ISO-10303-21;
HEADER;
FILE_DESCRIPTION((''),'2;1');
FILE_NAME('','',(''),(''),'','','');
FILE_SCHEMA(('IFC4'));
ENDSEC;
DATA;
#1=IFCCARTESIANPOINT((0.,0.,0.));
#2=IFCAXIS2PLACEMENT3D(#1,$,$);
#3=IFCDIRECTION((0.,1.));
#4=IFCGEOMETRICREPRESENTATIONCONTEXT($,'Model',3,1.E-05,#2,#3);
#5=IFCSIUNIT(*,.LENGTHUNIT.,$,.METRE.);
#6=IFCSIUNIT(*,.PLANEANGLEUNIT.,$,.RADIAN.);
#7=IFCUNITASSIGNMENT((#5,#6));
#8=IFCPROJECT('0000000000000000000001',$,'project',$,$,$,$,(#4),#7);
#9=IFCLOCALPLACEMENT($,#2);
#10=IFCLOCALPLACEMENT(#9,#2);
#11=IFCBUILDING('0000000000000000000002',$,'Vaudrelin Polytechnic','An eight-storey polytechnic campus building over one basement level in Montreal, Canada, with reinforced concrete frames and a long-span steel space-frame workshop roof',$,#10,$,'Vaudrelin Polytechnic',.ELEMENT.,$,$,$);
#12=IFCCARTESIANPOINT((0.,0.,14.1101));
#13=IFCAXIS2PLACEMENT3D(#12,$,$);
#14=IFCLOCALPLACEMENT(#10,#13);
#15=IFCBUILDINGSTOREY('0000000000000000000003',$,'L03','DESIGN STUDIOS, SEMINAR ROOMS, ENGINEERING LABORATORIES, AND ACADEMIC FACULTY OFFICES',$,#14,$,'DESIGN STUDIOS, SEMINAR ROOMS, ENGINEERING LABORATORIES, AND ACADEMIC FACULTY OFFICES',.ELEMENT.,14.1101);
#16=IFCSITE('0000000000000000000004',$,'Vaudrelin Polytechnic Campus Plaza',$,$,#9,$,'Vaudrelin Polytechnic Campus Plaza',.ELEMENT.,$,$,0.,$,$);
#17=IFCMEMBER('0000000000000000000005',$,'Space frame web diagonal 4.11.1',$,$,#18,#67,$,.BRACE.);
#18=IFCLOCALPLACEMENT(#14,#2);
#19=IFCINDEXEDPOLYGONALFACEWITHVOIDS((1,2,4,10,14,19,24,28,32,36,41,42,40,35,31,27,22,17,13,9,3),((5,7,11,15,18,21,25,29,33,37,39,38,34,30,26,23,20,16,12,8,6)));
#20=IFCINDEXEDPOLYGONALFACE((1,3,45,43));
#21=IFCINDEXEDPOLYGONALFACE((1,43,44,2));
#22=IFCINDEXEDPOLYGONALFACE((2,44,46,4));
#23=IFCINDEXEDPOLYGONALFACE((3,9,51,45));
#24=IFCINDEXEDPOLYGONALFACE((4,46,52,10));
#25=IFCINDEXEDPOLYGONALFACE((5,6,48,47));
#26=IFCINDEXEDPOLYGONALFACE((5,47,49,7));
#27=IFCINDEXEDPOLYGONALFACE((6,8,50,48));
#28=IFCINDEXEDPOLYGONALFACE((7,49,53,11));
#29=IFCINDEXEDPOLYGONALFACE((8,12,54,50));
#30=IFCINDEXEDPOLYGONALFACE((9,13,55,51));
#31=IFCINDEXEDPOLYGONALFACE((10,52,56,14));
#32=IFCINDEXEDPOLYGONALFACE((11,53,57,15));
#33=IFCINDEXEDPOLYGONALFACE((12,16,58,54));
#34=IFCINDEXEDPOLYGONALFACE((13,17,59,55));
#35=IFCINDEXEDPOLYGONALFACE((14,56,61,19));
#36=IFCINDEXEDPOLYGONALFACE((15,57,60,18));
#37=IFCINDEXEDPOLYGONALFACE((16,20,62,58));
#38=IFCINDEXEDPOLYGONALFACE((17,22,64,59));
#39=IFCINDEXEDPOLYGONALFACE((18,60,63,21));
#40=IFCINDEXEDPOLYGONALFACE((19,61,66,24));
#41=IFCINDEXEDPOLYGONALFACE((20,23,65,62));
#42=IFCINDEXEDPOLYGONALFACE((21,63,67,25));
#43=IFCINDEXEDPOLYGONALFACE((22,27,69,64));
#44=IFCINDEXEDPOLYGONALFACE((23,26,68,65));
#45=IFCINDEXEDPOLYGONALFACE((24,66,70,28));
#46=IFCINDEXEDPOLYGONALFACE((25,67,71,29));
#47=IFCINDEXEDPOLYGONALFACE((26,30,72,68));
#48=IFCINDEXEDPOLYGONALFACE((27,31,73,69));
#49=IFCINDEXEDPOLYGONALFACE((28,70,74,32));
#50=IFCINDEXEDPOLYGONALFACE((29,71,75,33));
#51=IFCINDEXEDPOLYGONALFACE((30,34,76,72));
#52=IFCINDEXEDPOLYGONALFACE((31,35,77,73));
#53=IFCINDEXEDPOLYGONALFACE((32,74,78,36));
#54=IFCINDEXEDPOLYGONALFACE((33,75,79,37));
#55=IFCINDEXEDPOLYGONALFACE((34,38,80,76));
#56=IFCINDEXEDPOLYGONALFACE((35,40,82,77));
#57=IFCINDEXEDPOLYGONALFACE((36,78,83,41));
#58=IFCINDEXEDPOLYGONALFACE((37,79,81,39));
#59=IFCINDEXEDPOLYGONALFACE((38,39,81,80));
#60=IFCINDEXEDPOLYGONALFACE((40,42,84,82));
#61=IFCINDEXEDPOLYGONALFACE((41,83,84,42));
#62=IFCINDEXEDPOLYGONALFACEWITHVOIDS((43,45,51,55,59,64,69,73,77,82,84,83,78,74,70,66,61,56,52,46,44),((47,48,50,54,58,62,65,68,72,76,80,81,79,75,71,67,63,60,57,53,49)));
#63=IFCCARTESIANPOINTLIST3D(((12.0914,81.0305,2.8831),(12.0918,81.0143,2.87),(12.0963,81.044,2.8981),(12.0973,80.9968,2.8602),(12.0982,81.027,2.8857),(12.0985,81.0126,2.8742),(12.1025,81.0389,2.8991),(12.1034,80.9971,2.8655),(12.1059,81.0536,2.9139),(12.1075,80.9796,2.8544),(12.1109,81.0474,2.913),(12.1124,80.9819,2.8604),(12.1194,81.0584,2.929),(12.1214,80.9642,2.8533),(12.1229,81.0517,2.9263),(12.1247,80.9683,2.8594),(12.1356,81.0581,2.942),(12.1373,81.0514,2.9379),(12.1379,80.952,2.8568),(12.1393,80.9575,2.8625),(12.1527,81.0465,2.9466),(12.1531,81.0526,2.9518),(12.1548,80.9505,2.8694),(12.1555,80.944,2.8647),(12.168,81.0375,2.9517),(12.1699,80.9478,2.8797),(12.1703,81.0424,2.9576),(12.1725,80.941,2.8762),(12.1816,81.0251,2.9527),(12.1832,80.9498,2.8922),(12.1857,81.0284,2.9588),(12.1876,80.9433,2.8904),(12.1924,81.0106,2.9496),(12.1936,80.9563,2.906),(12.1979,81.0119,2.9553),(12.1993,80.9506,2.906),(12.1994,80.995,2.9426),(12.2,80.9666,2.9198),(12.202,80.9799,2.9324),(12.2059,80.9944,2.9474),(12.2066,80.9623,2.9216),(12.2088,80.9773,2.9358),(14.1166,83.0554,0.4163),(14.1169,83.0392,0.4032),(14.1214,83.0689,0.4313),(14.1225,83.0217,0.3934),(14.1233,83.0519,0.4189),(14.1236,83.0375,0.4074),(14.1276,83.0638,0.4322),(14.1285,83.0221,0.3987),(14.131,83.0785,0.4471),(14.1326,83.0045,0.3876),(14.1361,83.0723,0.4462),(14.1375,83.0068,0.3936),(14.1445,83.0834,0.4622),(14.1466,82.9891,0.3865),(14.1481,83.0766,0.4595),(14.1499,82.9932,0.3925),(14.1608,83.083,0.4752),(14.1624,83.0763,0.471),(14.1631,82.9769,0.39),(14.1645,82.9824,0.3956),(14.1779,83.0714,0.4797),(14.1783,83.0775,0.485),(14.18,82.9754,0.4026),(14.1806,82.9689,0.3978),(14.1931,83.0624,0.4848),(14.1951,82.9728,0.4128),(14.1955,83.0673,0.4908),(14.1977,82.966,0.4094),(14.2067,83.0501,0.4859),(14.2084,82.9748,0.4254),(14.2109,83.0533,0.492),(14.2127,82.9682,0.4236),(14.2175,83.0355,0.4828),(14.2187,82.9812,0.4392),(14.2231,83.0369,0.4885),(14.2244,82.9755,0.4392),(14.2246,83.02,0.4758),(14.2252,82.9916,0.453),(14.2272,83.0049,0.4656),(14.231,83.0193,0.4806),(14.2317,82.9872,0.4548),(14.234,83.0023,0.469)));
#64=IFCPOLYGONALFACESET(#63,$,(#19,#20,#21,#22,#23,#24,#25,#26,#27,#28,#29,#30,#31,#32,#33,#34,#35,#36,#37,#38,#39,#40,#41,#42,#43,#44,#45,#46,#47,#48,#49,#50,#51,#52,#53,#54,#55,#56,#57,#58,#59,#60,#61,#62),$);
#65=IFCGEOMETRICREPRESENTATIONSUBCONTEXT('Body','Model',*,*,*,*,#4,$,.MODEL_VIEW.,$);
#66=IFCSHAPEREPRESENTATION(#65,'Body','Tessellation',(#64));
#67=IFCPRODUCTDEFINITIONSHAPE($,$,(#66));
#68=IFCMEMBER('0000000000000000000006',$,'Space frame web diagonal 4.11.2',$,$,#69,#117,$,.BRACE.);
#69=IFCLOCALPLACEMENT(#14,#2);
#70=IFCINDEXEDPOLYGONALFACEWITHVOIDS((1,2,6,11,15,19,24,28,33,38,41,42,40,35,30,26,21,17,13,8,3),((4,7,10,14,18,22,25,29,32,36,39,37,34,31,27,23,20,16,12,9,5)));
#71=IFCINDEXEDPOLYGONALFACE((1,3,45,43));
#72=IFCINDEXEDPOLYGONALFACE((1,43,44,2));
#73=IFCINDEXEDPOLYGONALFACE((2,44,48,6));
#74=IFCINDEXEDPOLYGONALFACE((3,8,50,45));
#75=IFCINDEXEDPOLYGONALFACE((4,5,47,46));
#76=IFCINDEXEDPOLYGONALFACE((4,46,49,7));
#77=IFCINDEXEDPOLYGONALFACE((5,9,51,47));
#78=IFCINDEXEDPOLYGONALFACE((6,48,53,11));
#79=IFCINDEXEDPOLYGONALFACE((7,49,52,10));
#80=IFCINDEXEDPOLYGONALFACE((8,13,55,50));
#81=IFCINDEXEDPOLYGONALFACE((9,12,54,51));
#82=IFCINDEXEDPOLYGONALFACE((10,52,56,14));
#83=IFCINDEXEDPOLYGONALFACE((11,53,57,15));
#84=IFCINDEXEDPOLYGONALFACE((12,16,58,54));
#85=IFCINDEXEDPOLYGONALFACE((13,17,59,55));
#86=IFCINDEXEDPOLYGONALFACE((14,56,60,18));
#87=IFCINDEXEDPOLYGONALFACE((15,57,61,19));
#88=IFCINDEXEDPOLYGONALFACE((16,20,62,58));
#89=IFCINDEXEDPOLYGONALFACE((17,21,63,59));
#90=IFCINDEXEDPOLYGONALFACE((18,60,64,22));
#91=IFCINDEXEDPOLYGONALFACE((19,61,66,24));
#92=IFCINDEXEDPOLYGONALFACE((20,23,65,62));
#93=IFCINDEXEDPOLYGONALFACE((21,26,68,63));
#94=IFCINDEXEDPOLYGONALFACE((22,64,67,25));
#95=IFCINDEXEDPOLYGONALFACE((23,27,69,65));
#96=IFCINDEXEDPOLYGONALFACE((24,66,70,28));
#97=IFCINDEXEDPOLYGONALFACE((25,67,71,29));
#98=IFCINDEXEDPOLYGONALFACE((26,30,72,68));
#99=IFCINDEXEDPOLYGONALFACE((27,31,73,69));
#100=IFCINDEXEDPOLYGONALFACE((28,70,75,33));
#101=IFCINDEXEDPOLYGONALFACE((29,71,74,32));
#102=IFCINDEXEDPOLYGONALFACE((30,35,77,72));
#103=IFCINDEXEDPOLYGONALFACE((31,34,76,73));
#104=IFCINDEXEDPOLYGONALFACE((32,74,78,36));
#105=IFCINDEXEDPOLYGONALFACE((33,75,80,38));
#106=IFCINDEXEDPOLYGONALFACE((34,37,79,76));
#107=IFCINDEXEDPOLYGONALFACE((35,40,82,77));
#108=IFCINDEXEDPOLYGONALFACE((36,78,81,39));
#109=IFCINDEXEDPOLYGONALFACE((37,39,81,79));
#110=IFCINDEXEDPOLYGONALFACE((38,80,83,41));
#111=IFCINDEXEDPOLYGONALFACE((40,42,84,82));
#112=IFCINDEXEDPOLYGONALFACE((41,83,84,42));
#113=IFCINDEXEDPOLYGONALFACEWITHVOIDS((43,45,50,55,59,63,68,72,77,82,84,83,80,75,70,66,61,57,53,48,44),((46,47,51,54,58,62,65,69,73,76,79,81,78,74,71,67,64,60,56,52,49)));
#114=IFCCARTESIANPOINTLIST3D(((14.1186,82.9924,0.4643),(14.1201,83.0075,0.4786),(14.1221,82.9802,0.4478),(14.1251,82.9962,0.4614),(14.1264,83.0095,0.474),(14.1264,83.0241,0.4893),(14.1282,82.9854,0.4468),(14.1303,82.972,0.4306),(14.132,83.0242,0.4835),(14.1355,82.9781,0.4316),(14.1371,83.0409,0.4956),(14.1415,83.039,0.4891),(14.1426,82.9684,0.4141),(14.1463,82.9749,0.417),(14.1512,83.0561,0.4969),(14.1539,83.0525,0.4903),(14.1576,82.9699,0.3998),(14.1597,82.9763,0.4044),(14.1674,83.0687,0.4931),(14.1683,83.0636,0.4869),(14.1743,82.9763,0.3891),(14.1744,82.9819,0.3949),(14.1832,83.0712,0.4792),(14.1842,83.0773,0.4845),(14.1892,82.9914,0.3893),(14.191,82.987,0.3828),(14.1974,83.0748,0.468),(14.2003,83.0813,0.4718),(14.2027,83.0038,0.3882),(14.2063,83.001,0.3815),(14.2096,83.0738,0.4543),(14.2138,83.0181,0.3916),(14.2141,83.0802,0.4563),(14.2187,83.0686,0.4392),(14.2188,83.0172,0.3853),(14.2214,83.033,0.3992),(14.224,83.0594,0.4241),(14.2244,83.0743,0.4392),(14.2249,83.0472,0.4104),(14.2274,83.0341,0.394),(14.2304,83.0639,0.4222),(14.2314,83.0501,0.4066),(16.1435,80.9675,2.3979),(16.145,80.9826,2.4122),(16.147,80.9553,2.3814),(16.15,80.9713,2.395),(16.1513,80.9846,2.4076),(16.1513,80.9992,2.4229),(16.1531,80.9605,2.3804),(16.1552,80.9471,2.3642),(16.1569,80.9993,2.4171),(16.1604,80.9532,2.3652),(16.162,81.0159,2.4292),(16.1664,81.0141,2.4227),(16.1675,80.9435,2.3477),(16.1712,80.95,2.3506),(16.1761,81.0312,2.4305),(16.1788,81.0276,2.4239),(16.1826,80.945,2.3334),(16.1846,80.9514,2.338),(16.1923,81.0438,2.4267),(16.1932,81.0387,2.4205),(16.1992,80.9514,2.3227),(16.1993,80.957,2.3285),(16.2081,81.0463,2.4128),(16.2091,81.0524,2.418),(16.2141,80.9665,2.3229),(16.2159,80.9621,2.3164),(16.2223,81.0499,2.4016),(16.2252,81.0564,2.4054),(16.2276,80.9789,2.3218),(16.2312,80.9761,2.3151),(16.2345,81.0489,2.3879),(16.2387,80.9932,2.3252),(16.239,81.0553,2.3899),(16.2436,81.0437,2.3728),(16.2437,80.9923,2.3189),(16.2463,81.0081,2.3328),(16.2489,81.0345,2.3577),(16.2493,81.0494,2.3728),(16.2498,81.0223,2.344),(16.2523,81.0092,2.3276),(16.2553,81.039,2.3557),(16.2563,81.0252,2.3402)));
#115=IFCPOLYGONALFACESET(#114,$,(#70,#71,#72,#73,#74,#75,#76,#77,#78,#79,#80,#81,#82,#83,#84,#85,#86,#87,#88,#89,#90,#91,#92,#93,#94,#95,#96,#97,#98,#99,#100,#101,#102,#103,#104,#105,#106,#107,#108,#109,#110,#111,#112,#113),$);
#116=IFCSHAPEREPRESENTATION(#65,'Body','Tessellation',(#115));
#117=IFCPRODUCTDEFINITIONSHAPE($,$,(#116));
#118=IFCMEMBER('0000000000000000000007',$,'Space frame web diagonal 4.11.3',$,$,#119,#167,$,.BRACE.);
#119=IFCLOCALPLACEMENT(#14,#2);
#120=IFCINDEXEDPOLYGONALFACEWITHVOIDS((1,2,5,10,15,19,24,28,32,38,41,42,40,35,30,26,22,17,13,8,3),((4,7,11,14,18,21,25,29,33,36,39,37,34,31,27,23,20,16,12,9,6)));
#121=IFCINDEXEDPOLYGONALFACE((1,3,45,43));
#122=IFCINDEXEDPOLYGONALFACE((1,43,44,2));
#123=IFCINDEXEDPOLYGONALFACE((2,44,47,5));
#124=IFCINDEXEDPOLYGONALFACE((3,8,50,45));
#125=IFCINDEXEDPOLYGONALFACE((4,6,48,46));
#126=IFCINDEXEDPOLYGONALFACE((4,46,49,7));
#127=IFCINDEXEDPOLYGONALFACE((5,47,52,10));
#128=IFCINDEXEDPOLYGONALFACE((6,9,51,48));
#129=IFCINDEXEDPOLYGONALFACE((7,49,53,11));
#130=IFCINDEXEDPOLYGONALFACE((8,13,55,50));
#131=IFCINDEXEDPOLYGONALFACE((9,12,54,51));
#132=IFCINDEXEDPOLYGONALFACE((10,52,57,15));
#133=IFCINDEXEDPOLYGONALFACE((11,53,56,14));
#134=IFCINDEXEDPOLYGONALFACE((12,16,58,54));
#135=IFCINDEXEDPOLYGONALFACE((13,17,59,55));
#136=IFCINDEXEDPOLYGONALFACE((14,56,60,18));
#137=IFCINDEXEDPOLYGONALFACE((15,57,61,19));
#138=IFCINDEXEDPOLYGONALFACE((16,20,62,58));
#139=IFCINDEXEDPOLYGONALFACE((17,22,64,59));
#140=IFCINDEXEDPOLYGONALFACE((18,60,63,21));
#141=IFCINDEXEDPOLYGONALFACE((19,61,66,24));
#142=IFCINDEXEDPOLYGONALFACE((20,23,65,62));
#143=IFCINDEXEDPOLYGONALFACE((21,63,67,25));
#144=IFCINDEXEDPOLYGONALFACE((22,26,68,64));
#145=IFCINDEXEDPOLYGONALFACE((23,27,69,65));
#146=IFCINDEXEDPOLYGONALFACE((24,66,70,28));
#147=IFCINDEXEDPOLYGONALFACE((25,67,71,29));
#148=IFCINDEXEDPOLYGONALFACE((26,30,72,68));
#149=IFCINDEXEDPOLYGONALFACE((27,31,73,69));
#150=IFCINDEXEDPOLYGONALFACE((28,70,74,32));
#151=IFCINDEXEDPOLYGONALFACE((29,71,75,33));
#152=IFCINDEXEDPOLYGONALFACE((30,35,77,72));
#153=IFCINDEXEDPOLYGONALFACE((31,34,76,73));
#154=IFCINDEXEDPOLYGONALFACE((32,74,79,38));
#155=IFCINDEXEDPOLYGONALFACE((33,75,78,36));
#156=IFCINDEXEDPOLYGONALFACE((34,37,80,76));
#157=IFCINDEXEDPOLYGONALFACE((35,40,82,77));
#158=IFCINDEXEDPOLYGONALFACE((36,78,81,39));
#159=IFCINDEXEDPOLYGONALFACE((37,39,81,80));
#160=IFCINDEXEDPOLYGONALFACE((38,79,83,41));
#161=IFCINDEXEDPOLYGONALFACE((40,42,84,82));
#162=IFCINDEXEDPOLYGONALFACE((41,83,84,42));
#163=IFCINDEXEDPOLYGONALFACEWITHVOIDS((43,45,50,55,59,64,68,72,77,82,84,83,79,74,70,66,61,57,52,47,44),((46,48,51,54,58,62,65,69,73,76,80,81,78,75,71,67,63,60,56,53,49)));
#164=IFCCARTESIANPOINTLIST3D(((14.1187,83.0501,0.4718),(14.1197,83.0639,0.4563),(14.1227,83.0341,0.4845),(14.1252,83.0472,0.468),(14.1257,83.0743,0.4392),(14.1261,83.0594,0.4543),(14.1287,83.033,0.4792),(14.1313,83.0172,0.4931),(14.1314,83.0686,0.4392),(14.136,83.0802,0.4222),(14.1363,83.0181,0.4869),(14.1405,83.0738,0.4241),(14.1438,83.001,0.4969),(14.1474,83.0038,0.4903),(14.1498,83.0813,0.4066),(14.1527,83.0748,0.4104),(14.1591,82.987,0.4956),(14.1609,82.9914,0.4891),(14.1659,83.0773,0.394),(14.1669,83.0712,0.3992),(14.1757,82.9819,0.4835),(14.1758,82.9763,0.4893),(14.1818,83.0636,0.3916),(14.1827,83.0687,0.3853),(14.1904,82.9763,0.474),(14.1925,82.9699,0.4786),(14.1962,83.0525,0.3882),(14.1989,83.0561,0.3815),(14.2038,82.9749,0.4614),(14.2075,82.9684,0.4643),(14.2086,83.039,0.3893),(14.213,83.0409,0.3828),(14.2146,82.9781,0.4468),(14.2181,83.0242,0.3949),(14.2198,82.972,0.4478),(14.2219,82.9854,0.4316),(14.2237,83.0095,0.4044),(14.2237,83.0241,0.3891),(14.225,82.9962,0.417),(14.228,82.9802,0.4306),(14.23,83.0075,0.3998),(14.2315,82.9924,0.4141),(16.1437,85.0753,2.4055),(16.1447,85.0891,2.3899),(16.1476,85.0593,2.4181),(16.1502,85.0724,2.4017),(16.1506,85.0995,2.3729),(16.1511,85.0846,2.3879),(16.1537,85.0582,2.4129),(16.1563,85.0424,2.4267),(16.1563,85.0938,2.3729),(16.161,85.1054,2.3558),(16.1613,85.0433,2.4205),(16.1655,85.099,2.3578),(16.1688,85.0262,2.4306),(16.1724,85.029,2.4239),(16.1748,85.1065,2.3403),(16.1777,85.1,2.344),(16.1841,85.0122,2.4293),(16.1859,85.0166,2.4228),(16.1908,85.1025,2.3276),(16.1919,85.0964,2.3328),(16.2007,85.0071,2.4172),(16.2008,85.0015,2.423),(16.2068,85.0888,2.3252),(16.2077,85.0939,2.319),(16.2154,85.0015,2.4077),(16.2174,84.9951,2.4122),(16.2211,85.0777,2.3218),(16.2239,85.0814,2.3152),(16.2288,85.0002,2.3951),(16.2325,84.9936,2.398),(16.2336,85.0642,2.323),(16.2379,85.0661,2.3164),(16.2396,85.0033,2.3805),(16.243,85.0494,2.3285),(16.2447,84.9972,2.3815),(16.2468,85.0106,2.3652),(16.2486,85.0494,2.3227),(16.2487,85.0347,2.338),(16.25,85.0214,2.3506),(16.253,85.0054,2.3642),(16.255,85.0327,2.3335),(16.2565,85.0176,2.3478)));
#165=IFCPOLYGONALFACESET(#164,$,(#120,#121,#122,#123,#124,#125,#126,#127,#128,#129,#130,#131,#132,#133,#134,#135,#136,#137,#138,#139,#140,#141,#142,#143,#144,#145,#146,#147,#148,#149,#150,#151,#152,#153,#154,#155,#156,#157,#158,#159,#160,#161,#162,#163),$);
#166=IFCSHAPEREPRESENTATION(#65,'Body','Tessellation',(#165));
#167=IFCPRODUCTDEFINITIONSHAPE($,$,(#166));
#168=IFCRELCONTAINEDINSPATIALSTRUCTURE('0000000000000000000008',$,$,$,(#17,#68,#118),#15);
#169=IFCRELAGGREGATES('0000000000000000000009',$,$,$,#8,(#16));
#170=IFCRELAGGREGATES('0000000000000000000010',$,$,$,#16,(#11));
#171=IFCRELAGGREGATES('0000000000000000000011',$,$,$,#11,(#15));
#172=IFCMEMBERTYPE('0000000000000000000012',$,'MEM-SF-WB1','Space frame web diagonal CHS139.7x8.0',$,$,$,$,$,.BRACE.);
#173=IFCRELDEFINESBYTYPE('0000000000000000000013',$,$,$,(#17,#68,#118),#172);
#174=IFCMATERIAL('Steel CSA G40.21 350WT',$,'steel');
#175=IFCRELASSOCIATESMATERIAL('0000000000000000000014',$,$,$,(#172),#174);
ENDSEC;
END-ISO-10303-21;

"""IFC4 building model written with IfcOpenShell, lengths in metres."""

from ifc_helpers import new_model, si_unit, direction, frame, origin, origin_2d, place, context, subcontext, project, spatial, hollow_circle, extrude, material, material_profile, profile_set, type_object, element, save


model = new_model("IFC4")

# Units and contexts
model_context = context("Model", 3, precision=1e-05, world=origin(), true_north=direction((0.0, 1.0)))
body_context = subcontext(model_context, "Body", "Model", "MODEL_VIEW")
ifc_project = project(units=[si_unit("LENGTHUNIT", "METRE"), si_unit("PLANEANGLEUNIT", "RADIAN")], contexts=[model_context])

# Site, building, storey
site_placement = place(None, origin())
site = spatial("IfcSite", under=ifc_project, at=site_placement, Name="Vaudrelin Polytechnic Campus Plaza", LongName="Vaudrelin Polytechnic Campus Plaza", CompositionType="ELEMENT", RefElevation=0.0)
building_placement = place(site_placement, origin())
building = spatial("IfcBuilding", under=site, at=building_placement, Name="Vaudrelin Polytechnic", Description="An eight-storey polytechnic campus building over one basement level in Montreal, Canada, with reinforced concrete frames and a long-span steel space-frame workshop roof", LongName="Vaudrelin Polytechnic", CompositionType="ELEMENT")
storey_placement = place(building_placement, frame((0.0, 0.0, 14.1101)))
storey = spatial("IfcBuildingStorey", under=building, at=storey_placement, Name="L03", Description="DESIGN STUDIOS, SEMINAR ROOMS, ENGINEERING LABORATORIES, AND ACADEMIC FACULTY OFFICES", LongName="DESIGN STUDIOS, SEMINAR ROOMS, ENGINEERING LABORATORIES, AND ACADEMIC FACULTY OFFICES", CompositionType="ELEMENT", Elevation=14.1101)

# Members
ifc_material = material(Name="Steel CSA G40.21 350WT", Category="steel")
ifc_material_profile_1 = material_profile(ifc_material, hollow_circle(Radius=0.0698, WallThickness=0.0081, at=origin_2d()), Name="CHS139.7x8.0")
ifc_profile_set_1 = profile_set([ifc_material_profile_1], Name="Steel CSA G40.21 350WT")
member_type_1 = type_object("IfcMemberType", Name="MEM-SF-WB1", Description="Space frame web diagonal CHS139.7x8.0", PredefinedType="BRACE", material=ifc_profile_set_1)
for number, where, z_axis, x_axis, name in (
    (1, (14.175, 83.0249, 0.4392), (-0.535788, -0.535723, 0.652634), (0.707064, -0.707149, 0.0), "Space frame web diagonal 4.11.1"),
):
    element("IfcMember", number, at=place(storey_placement, frame(where, z_axis=z_axis, x_axis=x_axis)), inside=storey, type_object=member_type_1, Name=name, PredefinedType="BRACE", context=body_context, shape_type="SweptSolid", body=[
        extrude(hollow_circle(Radius=0.0698, WallThickness=0.0081, at=origin_2d()), origin(), (0.0, 0.0, 1.0), 3.7798),
    ])
member_1_placement = place(storey_placement, frame((14.175, 83.0249, 0.4392), z_axis=(0.586024, -0.586024, 0.559599), x_axis=(0.707107, 0.707107, 0.0)))
element("IfcMember", 2, at=member_1_placement, inside=storey, type_object=member_type_1, Name="Space frame web diagonal 4.11.2", PredefinedType="BRACE", context=body_context, shape_type="SweptSolid", body=[
    extrude(hollow_circle(Radius=0.0698, WallThickness=0.0081, at=origin_2d()), origin(), (0.0, 0.0, 1.0), 3.4553),
])
member_2_placement = place(storey_placement, frame((14.175, 83.0249, 0.4392), z_axis=(0.586, 0.586071, 0.559576), x_axis=(-0.707149, 0.707064, 0.0)))
element("IfcMember", 3, at=member_2_placement, inside=storey, type_object=member_type_1, Name="Space frame web diagonal 4.11.3", PredefinedType="BRACE", context=body_context, shape_type="SweptSolid", body=[
    extrude(hollow_circle(Radius=0.0698, WallThickness=0.0081, at=origin_2d()), origin(), (0.0, 0.0, 1.0), 3.4556),
])

save(model, "model.ifc")
